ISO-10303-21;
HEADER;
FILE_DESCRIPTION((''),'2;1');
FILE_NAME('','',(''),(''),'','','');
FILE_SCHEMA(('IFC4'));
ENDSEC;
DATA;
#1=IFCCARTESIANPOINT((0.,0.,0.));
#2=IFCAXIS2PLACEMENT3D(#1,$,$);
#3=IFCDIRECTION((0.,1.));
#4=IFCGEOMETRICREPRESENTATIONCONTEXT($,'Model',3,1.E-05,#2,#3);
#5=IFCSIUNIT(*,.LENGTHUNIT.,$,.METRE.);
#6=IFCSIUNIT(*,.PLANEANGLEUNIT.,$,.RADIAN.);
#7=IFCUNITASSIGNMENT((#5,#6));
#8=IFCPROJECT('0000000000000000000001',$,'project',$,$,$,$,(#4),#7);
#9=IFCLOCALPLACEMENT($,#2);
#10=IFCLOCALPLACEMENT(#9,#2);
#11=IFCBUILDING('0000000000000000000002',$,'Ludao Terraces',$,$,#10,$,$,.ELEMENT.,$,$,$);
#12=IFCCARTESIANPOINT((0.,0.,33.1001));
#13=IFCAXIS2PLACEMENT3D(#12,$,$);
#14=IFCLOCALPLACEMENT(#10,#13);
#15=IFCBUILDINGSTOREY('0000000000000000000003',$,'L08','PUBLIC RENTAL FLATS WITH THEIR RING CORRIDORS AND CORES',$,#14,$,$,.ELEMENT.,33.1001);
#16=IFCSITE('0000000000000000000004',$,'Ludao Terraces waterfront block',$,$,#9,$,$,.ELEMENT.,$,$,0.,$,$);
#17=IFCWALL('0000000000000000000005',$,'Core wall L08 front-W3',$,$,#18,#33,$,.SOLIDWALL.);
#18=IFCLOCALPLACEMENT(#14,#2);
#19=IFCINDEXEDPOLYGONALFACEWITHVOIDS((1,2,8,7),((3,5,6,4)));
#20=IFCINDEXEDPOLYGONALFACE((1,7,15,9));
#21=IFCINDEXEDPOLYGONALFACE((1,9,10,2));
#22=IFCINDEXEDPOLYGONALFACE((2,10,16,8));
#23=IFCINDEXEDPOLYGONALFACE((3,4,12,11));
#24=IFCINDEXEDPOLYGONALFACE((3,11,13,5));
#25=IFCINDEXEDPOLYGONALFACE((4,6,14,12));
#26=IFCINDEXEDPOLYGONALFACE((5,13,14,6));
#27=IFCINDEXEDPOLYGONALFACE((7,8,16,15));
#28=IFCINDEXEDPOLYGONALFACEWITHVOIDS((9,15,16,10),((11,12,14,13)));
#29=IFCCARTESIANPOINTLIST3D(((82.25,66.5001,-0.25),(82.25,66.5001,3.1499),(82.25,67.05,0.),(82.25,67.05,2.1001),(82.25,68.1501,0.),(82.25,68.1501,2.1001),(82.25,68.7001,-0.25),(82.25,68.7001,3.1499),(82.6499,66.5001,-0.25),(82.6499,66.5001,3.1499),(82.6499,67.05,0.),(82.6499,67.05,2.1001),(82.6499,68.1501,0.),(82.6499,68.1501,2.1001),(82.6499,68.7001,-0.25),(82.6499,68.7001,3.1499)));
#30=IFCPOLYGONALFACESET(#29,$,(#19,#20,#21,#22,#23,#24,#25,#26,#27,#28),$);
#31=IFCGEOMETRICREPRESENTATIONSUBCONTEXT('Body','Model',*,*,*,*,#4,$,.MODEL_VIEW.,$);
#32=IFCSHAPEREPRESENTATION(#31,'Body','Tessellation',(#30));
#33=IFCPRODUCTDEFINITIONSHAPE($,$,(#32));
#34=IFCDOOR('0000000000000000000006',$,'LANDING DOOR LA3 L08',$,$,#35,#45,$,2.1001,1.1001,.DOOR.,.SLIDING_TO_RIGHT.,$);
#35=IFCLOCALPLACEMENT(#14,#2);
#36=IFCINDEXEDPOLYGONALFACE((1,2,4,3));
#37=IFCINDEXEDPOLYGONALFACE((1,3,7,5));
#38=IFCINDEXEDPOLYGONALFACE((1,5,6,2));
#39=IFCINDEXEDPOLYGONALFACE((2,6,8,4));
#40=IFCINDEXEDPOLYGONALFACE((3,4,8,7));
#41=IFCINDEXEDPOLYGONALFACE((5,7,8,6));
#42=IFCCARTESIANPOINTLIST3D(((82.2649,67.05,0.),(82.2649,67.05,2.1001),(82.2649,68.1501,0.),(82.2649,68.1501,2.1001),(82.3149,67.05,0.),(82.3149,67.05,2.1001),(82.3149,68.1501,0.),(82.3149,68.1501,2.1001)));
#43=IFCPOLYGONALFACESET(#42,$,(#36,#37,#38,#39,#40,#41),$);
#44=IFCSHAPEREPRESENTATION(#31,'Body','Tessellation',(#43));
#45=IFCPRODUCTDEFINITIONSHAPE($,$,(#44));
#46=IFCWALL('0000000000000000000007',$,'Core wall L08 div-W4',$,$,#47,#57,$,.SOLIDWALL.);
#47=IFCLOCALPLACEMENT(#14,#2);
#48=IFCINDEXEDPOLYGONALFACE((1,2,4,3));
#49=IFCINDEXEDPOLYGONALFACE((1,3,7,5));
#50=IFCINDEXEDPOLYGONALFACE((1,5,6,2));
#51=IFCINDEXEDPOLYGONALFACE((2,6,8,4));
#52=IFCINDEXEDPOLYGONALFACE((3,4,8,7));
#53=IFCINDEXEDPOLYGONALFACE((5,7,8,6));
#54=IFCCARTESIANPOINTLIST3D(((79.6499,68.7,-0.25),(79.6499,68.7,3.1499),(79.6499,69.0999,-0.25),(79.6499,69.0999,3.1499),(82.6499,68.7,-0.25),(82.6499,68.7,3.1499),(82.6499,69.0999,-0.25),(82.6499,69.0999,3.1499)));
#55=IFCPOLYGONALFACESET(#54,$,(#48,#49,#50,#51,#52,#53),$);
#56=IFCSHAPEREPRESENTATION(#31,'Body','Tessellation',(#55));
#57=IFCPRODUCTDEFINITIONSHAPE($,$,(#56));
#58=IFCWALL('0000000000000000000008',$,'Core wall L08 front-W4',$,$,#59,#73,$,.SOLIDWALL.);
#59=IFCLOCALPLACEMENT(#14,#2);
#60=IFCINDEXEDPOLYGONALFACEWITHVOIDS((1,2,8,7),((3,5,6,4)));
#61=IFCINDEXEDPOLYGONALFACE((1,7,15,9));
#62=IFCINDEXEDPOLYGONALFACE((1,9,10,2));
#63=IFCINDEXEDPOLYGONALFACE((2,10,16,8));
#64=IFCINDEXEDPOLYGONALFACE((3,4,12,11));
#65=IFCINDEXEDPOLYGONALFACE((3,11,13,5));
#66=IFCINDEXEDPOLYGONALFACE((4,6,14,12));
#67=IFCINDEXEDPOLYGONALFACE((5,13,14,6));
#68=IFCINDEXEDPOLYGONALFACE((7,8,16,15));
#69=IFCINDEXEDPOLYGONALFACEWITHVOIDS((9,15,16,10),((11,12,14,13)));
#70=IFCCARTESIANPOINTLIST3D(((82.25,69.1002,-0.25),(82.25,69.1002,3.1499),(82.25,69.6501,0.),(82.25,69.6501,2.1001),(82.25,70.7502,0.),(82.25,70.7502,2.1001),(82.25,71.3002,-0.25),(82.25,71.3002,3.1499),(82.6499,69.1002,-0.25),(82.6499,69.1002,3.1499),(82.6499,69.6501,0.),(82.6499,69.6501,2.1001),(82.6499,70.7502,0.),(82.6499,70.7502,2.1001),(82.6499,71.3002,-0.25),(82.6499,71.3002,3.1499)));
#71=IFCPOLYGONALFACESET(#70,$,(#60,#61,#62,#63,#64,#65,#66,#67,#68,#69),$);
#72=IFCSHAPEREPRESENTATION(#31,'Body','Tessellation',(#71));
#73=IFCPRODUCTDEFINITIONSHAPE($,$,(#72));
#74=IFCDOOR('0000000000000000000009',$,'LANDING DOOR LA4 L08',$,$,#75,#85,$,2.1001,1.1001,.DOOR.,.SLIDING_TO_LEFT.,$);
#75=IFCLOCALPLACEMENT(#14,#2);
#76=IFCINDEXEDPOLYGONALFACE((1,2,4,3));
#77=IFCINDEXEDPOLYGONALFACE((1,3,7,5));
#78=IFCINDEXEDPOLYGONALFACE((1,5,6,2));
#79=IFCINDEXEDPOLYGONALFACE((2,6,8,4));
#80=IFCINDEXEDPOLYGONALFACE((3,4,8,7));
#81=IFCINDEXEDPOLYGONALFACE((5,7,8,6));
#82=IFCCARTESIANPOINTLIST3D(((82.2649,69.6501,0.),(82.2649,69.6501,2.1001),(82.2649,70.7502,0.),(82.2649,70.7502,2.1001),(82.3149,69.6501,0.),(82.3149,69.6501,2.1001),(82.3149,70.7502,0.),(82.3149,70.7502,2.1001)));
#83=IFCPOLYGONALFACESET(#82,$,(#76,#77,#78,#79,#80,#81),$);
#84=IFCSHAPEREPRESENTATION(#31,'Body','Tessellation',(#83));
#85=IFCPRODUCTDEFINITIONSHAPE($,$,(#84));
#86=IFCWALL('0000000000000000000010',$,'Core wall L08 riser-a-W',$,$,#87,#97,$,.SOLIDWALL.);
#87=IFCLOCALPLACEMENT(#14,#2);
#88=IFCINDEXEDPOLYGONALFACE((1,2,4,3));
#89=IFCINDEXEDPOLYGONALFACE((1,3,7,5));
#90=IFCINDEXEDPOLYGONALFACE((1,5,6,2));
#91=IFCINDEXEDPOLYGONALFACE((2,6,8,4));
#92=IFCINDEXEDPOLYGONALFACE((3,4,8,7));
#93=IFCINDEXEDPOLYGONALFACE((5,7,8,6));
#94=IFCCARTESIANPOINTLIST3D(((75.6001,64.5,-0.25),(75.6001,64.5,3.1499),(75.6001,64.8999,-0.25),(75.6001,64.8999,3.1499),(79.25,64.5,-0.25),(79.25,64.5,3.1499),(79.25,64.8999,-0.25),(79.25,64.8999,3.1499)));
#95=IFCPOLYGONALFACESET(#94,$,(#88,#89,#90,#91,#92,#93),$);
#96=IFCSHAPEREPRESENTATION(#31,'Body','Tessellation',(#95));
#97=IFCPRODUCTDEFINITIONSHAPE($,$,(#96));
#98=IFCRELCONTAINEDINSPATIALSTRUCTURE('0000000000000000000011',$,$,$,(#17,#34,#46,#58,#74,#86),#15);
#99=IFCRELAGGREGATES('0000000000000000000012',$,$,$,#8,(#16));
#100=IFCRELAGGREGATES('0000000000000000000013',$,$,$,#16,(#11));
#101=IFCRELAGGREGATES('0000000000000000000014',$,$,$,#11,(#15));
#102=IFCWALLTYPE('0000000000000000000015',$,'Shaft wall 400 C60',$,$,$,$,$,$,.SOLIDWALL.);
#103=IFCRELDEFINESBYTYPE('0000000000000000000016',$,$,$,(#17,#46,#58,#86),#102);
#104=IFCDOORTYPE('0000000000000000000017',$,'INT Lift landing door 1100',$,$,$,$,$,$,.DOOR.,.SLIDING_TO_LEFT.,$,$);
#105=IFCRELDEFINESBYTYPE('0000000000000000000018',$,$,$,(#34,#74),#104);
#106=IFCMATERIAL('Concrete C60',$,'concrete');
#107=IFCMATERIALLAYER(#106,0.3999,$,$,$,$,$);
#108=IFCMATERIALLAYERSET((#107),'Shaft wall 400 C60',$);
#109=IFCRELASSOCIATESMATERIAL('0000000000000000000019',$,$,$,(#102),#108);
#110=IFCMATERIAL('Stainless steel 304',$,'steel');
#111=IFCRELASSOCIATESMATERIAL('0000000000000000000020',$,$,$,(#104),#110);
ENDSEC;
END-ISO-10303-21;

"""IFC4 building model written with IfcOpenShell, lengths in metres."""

from ifc_helpers import new_model, si_unit, direction, frame, frame_2d, origin, place, context, subcontext, project, spatial, rectangle, extrude, material, layer, layer_set, type_object, element, fill, save


model = new_model("IFC4")

# Units and contexts
model_context = context("Model", 3, precision=1e-05, world=origin(), true_north=direction((0.0, 1.0)))
body_context = subcontext(model_context, "Body", "Model", "MODEL_VIEW")
ifc_project = project(units=[si_unit("LENGTHUNIT", "METRE"), si_unit("PLANEANGLEUNIT", "RADIAN")], contexts=[model_context])

# Site, building, storey
site_placement = place(None, origin())
site = spatial("IfcSite", under=ifc_project, at=site_placement, Name="Ludao Terraces waterfront block", CompositionType="ELEMENT", RefElevation=0.0)
building_placement = place(site_placement, origin())
building = spatial("IfcBuilding", under=site, at=building_placement, Name="Ludao Terraces", CompositionType="ELEMENT")
storey_placement = place(building_placement, frame((0.0, 0.0, 33.1001)))
storey = spatial("IfcBuildingStorey", under=building, at=storey_placement, Name="L08", Description="PUBLIC RENTAL FLATS WITH THEIR RING CORRIDORS AND CORES", CompositionType="ELEMENT", Elevation=33.1001)

# Shared definitions
ifc_material_1 = material(Name="Concrete C60", Category="concrete")
ifc_layer_1 = layer(ifc_material_1, 0.3999)
ifc_layer_set_1 = layer_set([ifc_layer_1], Name="Shaft wall 400 C60")
wall_type_1 = type_object("IfcWallType", Name="Shaft wall 400 C60", PredefinedType="SOLIDWALL", material=ifc_layer_set_1)
ifc_material_2 = material(Name="Stainless steel 304", Category="steel")
door_type_1 = type_object("IfcDoorType", Name="INT Lift landing door 1100", OperationType="SLIDING_TO_LEFT", PredefinedType="DOOR", material=ifc_material_2)

# Wall, opening, door
wall_1_placement = place(storey_placement, frame((82.45, 66.5, -0.25), z_axis=(0.0, 0.0, 1.0), x_axis=(0.0, 1.0, 0.0)))
wall_1 = element("IfcWall", 1, at=wall_1_placement, inside=storey, type_object=wall_type_1, Name="Core wall L08 front-W3", PredefinedType="SOLIDWALL", context=body_context, shape_type="SweptSolid", body=[
    extrude(rectangle(XDim=2.2, YDim=0.3999, at=frame_2d((1.1001, 0.0))), origin(), (0.0, 0.0, 1.0), 3.3999),
])
opening_1_placement = place(wall_1_placement, frame((0.55, 0.0, 0.25)))
opening_1 = element("IfcOpeningElement", 2, at=opening_1_placement, cuts=wall_1, PredefinedType="OPENING", context=body_context, shape_type="SweptSolid", body=[
    extrude(rectangle(XDim=1.1001, YDim=2.1001, at=frame_2d((0.55, 1.05))), frame((0.0, 0.21, 0.0), z_axis=(0.0, -1.0, 0.0), x_axis=(1.0, 0.0, 0.0)), (0.0, 0.0, 1.0), 0.4199),
])
door_1_placement = place(opening_1_placement, origin())
door_1 = element("IfcDoor", 3, at=door_1_placement, inside=storey, type_object=door_type_1, Name="LANDING DOOR LA3 L08", OperationType="SLIDING_TO_RIGHT", OverallHeight=2.1001, OverallWidth=1.1001, PredefinedType="DOOR", context=body_context, shape_type="SweptSolid", body=[
    extrude(rectangle(XDim=1.1001, YDim=2.1001, at=frame_2d((0.55, 1.05))), frame((0.0, 0.1851, 0.0), z_axis=(0.0, -1.0, 0.0), x_axis=(1.0, 0.0, 0.0)), (0.0, 0.0, 1.0), 0.05),
])
fill(opening_1, door_1)

# Wall
wall_2_placement = place(storey_placement, frame((79.6499, 68.8999, -0.25), z_axis=(0.0, 0.0, 1.0), x_axis=(1.0, 0.0, 0.0)))
element("IfcWall", 4, at=wall_2_placement, inside=storey, type_object=wall_type_1, Name="Core wall L08 div-W4", PredefinedType="SOLIDWALL", context=body_context, shape_type="SweptSolid", body=[
    extrude(rectangle(XDim=3.0, YDim=0.3999, at=frame_2d((1.5, 0.0))), origin(), (0.0, 0.0, 1.0), 3.3999),
])

# Wall, opening, door
wall_3_placement = place(storey_placement, frame((82.45, 69.1001, -0.25), z_axis=(0.0, 0.0, 1.0), x_axis=(0.0, 1.0, 0.0)))
wall_3 = element("IfcWall", 5, at=wall_3_placement, inside=storey, type_object=wall_type_1, Name="Core wall L08 front-W4", PredefinedType="SOLIDWALL", context=body_context, shape_type="SweptSolid", body=[
    extrude(rectangle(XDim=2.2, YDim=0.3999, at=frame_2d((1.1001, 0.0))), origin(), (0.0, 0.0, 1.0), 3.3999),
])
opening_2_placement = place(wall_3_placement, frame((0.55, 0.0, 0.25)))
opening_2 = element("IfcOpeningElement", 6, at=opening_2_placement, cuts=wall_3, PredefinedType="OPENING", context=body_context, shape_type="SweptSolid", body=[
    extrude(rectangle(XDim=1.1001, YDim=2.1001, at=frame_2d((0.55, 1.05))), frame((0.0, 0.21, 0.0), z_axis=(0.0, -1.0, 0.0), x_axis=(1.0, 0.0, 0.0)), (0.0, 0.0, 1.0), 0.4199),
])
door_2_placement = place(opening_2_placement, origin())
door_2 = element("IfcDoor", 7, at=door_2_placement, inside=storey, type_object=door_type_1, Name="LANDING DOOR LA4 L08", OperationType="SLIDING_TO_LEFT", OverallHeight=2.1001, OverallWidth=1.1001, PredefinedType="DOOR", context=body_context, shape_type="SweptSolid", body=[
    extrude(rectangle(XDim=1.1001, YDim=2.1001, at=frame_2d((0.55, 1.05))), frame((0.0, 0.1851, 0.0), z_axis=(0.0, -1.0, 0.0), x_axis=(1.0, 0.0, 0.0)), (0.0, 0.0, 1.0), 0.05),
])
fill(opening_2, door_2)

# Wall
wall_4_placement = place(storey_placement, frame((75.6001, 64.7, -0.25), z_axis=(0.0, 0.0, 1.0), x_axis=(1.0, 0.0, 0.0)))
element("IfcWall", 8, at=wall_4_placement, inside=storey, type_object=wall_type_1, Name="Core wall L08 riser-a-W", PredefinedType="SOLIDWALL", context=body_context, shape_type="SweptSolid", body=[
    extrude(rectangle(XDim=3.6499, YDim=0.3999, at=frame_2d((1.825, 0.0))), origin(), (0.0, 0.0, 1.0), 3.3999),
])

save(model, "model.ifc")
